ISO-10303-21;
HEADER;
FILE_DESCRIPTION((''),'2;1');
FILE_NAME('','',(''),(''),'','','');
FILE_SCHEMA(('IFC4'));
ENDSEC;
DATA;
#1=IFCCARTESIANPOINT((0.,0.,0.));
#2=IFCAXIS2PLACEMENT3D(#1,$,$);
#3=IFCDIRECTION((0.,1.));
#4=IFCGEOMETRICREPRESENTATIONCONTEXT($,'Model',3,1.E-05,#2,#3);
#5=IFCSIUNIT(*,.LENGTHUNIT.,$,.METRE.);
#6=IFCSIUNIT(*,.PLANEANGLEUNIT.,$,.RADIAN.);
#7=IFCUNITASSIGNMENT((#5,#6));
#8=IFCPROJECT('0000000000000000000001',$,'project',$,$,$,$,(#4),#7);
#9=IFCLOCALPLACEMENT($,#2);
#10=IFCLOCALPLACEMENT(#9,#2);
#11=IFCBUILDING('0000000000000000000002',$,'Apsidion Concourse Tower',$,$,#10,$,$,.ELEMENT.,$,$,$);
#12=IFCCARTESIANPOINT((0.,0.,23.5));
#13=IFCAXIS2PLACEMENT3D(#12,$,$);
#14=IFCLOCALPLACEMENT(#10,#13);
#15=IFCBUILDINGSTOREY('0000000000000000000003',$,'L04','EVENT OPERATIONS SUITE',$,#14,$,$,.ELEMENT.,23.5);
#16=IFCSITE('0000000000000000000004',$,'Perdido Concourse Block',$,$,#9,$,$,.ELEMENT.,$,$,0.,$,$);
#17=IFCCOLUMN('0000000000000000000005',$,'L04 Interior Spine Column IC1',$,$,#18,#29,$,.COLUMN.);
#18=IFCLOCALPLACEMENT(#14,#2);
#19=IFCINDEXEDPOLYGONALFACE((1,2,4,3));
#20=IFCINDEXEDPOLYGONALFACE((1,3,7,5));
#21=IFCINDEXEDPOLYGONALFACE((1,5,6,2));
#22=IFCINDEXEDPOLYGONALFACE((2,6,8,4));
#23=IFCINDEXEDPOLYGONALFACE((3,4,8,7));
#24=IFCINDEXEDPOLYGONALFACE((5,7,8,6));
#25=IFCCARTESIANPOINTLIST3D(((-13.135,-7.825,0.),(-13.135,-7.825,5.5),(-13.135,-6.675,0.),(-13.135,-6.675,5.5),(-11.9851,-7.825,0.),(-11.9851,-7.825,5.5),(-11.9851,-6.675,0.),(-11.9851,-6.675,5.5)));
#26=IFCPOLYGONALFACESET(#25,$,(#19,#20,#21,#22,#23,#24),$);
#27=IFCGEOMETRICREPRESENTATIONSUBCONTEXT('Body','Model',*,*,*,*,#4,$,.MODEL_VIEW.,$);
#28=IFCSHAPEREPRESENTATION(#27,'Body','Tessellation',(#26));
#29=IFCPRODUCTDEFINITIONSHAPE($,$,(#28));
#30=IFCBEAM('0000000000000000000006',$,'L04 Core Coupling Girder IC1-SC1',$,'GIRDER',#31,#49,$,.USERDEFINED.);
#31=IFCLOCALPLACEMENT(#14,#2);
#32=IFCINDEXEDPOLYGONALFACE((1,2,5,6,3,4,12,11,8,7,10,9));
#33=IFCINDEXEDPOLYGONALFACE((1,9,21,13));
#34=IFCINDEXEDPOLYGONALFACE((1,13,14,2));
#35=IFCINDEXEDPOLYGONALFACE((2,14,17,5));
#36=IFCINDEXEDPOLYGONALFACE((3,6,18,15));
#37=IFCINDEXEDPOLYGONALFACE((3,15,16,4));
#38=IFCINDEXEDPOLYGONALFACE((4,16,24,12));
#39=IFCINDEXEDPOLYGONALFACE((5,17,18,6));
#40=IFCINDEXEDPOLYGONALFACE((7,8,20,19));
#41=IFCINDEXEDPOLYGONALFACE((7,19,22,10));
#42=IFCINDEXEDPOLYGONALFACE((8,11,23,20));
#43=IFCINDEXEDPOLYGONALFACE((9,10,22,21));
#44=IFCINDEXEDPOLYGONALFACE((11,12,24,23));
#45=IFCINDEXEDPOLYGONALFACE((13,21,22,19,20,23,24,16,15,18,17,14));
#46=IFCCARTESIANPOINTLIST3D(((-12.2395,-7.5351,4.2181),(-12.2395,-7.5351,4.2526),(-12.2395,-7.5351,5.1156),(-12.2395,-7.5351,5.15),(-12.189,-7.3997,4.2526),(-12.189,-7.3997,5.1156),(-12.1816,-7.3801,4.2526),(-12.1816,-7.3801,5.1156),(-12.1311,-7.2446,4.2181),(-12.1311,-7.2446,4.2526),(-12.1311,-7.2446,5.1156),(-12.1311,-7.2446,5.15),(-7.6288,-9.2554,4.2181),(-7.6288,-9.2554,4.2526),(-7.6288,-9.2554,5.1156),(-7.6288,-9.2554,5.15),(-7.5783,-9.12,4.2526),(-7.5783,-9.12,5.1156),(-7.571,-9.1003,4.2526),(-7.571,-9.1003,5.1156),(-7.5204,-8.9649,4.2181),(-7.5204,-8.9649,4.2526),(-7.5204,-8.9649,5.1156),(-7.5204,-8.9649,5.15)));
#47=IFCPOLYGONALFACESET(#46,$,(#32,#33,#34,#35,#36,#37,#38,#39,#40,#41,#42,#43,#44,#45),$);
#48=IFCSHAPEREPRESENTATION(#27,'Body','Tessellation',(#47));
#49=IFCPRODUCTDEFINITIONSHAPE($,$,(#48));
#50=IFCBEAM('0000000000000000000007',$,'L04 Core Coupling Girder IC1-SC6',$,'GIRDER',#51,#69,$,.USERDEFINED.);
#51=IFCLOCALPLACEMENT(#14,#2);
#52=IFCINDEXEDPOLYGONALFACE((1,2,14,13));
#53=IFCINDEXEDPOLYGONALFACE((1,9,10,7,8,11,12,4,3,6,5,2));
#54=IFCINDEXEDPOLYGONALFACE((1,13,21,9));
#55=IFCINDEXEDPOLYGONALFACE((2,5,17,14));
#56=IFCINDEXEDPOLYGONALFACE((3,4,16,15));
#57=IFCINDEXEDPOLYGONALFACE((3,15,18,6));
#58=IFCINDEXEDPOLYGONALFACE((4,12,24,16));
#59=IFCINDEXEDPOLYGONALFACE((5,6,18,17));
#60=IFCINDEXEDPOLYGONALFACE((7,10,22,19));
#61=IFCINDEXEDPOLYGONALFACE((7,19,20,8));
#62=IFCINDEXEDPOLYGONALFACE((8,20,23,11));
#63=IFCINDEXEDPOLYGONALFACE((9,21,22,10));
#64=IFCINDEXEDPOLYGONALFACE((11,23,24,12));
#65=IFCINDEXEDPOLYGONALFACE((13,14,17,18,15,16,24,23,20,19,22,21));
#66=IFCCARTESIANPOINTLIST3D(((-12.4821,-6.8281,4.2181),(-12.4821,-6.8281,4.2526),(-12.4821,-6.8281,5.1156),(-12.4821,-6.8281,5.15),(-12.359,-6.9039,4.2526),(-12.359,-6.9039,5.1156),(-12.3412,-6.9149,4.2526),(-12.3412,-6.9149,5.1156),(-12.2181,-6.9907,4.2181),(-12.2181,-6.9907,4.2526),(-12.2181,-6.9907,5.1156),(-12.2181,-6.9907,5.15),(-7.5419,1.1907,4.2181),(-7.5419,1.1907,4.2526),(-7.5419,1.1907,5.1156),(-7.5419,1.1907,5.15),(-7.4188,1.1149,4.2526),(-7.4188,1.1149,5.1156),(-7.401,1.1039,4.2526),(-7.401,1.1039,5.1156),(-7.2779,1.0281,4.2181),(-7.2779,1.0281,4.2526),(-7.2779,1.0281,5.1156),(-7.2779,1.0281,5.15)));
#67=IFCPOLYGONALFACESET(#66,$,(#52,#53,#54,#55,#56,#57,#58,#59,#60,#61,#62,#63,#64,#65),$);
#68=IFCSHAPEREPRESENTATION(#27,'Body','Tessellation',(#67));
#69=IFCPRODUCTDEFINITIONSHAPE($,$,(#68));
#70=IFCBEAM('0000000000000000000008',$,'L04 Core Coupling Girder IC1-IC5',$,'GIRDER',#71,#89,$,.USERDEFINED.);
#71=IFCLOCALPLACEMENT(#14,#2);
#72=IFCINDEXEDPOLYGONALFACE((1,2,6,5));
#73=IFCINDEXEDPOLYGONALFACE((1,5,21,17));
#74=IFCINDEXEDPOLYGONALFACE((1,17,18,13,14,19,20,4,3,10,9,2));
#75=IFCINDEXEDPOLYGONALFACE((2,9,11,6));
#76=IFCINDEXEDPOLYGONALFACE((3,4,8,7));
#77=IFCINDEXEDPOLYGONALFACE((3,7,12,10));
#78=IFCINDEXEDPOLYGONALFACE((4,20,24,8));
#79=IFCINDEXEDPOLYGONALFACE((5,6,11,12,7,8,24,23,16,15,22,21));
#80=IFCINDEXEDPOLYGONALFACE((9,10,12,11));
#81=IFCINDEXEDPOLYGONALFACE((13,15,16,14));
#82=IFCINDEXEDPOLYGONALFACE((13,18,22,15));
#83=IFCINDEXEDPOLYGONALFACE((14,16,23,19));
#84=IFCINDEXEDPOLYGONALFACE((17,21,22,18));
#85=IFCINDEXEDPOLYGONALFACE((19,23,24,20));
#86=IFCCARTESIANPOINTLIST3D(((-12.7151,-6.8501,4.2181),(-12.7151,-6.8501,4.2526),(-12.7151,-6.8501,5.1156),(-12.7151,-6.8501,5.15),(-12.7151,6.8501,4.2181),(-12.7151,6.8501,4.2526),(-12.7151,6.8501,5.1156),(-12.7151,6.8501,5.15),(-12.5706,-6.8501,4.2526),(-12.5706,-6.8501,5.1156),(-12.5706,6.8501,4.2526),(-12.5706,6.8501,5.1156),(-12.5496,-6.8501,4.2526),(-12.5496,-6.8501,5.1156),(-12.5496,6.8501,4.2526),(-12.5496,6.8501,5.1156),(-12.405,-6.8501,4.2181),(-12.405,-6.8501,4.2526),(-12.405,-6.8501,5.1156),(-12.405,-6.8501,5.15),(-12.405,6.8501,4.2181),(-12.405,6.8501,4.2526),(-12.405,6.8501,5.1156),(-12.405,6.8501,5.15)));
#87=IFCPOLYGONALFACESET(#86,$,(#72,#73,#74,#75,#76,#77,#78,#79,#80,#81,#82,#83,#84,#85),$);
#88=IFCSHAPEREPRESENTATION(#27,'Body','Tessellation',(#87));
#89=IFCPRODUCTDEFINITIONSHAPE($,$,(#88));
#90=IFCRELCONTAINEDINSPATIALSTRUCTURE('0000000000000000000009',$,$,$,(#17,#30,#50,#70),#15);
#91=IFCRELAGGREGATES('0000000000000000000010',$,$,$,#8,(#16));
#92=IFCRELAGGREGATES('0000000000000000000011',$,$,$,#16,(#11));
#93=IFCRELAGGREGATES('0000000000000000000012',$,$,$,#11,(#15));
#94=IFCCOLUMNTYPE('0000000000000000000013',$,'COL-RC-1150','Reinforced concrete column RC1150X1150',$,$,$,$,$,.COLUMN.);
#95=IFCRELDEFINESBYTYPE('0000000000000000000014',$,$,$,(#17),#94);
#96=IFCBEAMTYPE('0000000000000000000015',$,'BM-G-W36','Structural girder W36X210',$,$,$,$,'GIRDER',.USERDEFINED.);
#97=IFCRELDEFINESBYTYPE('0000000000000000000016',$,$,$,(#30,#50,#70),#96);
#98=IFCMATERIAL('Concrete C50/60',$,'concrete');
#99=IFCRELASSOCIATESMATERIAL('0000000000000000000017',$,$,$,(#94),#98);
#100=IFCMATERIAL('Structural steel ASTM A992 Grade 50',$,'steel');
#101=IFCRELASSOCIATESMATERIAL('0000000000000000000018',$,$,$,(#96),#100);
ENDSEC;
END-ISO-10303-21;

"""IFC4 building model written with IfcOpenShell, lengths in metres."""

from ifc_helpers import new_model, si_unit, direction, frame, origin, origin_2d, place, context, subcontext, project, spatial, rectangle, i_section, extrude, material, material_profile, profile_set, type_object, element, save


model = new_model("IFC4")

# Units and contexts
model_context = context("Model", 3, precision=1e-05, world=origin(), true_north=direction((0.0, 1.0)))
body_context = subcontext(model_context, "Body", "Model", "MODEL_VIEW")
ifc_project = project(units=[si_unit("LENGTHUNIT", "METRE"), si_unit("PLANEANGLEUNIT", "RADIAN")], contexts=[model_context])

# Site, building, storey
site_placement = place(None, origin())
site = spatial("IfcSite", under=ifc_project, at=site_placement, Name="Perdido Concourse Block", CompositionType="ELEMENT", RefElevation=0.0)
building_placement = place(site_placement, origin())
building = spatial("IfcBuilding", under=site, at=building_placement, Name="Apsidion Concourse Tower", CompositionType="ELEMENT")
storey_placement = place(building_placement, frame((0.0, 0.0, 23.5)))
storey = spatial("IfcBuildingStorey", under=building, at=storey_placement, Name="L04", Description="EVENT OPERATIONS SUITE", CompositionType="ELEMENT", Elevation=23.5)

# Column
ifc_material_1 = material(Name="Concrete C50/60", Category="concrete")
ifc_material_profile_1 = material_profile(ifc_material_1, rectangle(XDim=1.1499, YDim=1.1499, at=origin_2d()), Name="RC 1150x1150")
ifc_profile_set_1 = profile_set([ifc_material_profile_1], Name="Concrete C50/60")
column_type = type_object("IfcColumnType", Name="COL-RC-1150", Description="Reinforced concrete column RC1150X1150", PredefinedType="COLUMN", material=ifc_profile_set_1)
column_placement = place(storey_placement, frame((-12.5601, -7.25, 0.0), z_axis=(0.0, 0.0, 1.0), x_axis=(1.0, 0.0, 0.0)))
element("IfcColumn", 1, at=column_placement, inside=storey, type_object=column_type, Name="L04 Interior Spine Column IC1", PredefinedType="COLUMN", context=body_context, shape_type="SweptSolid", body=[
    extrude(rectangle(XDim=1.1499, YDim=1.1499, at=origin_2d()), origin(), (0.0, 0.0, 1.0), 5.5),
])

# Beams
ifc_material_2 = material(Name="Structural steel ASTM A992 Grade 50", Category="steel")
ifc_material_profile_2 = material_profile(ifc_material_2, i_section(OverallWidth=0.3101, OverallDepth=0.9319, WebThickness=0.021, FlangeThickness=0.0344, at=origin_2d()), Name="W36X210")
ifc_profile_set_2 = profile_set([ifc_material_profile_2], Name="Structural steel ASTM A992 Grade 50")
beam_type = type_object("IfcBeamType", Name="BM-G-W36", Description="Structural girder W36X210", ElementType="GIRDER", PredefinedType="USERDEFINED", material=ifc_profile_set_2)
beam_1_placement = place(storey_placement, frame((-12.1853, -7.3899, 4.6841), z_axis=(0.936913, -0.349563, 0.0), x_axis=(0.349563, 0.936913, 0.0)))
element("IfcBeam", 2, at=beam_1_placement, inside=storey, type_object=beam_type, Name="L04 Core Coupling Girder IC1-SC1", ObjectType="GIRDER", PredefinedType="USERDEFINED", context=body_context, shape_type="SweptSolid", body=[
    extrude(i_section(OverallWidth=0.3101, OverallDepth=0.9319, WebThickness=0.021, FlangeThickness=0.0344, at=origin_2d()), origin(), (0.0, 0.0, 1.0), 4.9211),
])
beam_2_placement = place(storey_placement, frame((-12.3501, -6.9094, 4.6841), z_axis=(0.524524, 0.851396, 0.0), x_axis=(-0.851396, 0.524524, 0.0)))
element("IfcBeam", 3, at=beam_2_placement, inside=storey, type_object=beam_type, Name="L04 Core Coupling Girder IC1-SC6", ObjectType="GIRDER", PredefinedType="USERDEFINED", context=body_context, shape_type="SweptSolid", body=[
    extrude(i_section(OverallWidth=0.3101, OverallDepth=0.9319, WebThickness=0.021, FlangeThickness=0.0344, at=origin_2d()), origin(), (0.0, 0.0, 1.0), 9.4185),
])
beam_3_placement = place(storey_placement, frame((-12.5601, -6.8501, 4.6841), z_axis=(0.0, 1.0, 0.0), x_axis=(-1.0, 0.0, 0.0)))
element("IfcBeam", 4, at=beam_3_placement, inside=storey, type_object=beam_type, Name="L04 Core Coupling Girder IC1-IC5", ObjectType="GIRDER", PredefinedType="USERDEFINED", context=body_context, shape_type="SweptSolid", body=[
    extrude(i_section(OverallWidth=0.3101, OverallDepth=0.9319, WebThickness=0.021, FlangeThickness=0.0344, at=origin_2d()), origin(), (0.0, 0.0, 1.0), 13.7002),
])

save(model, "model.ifc")
